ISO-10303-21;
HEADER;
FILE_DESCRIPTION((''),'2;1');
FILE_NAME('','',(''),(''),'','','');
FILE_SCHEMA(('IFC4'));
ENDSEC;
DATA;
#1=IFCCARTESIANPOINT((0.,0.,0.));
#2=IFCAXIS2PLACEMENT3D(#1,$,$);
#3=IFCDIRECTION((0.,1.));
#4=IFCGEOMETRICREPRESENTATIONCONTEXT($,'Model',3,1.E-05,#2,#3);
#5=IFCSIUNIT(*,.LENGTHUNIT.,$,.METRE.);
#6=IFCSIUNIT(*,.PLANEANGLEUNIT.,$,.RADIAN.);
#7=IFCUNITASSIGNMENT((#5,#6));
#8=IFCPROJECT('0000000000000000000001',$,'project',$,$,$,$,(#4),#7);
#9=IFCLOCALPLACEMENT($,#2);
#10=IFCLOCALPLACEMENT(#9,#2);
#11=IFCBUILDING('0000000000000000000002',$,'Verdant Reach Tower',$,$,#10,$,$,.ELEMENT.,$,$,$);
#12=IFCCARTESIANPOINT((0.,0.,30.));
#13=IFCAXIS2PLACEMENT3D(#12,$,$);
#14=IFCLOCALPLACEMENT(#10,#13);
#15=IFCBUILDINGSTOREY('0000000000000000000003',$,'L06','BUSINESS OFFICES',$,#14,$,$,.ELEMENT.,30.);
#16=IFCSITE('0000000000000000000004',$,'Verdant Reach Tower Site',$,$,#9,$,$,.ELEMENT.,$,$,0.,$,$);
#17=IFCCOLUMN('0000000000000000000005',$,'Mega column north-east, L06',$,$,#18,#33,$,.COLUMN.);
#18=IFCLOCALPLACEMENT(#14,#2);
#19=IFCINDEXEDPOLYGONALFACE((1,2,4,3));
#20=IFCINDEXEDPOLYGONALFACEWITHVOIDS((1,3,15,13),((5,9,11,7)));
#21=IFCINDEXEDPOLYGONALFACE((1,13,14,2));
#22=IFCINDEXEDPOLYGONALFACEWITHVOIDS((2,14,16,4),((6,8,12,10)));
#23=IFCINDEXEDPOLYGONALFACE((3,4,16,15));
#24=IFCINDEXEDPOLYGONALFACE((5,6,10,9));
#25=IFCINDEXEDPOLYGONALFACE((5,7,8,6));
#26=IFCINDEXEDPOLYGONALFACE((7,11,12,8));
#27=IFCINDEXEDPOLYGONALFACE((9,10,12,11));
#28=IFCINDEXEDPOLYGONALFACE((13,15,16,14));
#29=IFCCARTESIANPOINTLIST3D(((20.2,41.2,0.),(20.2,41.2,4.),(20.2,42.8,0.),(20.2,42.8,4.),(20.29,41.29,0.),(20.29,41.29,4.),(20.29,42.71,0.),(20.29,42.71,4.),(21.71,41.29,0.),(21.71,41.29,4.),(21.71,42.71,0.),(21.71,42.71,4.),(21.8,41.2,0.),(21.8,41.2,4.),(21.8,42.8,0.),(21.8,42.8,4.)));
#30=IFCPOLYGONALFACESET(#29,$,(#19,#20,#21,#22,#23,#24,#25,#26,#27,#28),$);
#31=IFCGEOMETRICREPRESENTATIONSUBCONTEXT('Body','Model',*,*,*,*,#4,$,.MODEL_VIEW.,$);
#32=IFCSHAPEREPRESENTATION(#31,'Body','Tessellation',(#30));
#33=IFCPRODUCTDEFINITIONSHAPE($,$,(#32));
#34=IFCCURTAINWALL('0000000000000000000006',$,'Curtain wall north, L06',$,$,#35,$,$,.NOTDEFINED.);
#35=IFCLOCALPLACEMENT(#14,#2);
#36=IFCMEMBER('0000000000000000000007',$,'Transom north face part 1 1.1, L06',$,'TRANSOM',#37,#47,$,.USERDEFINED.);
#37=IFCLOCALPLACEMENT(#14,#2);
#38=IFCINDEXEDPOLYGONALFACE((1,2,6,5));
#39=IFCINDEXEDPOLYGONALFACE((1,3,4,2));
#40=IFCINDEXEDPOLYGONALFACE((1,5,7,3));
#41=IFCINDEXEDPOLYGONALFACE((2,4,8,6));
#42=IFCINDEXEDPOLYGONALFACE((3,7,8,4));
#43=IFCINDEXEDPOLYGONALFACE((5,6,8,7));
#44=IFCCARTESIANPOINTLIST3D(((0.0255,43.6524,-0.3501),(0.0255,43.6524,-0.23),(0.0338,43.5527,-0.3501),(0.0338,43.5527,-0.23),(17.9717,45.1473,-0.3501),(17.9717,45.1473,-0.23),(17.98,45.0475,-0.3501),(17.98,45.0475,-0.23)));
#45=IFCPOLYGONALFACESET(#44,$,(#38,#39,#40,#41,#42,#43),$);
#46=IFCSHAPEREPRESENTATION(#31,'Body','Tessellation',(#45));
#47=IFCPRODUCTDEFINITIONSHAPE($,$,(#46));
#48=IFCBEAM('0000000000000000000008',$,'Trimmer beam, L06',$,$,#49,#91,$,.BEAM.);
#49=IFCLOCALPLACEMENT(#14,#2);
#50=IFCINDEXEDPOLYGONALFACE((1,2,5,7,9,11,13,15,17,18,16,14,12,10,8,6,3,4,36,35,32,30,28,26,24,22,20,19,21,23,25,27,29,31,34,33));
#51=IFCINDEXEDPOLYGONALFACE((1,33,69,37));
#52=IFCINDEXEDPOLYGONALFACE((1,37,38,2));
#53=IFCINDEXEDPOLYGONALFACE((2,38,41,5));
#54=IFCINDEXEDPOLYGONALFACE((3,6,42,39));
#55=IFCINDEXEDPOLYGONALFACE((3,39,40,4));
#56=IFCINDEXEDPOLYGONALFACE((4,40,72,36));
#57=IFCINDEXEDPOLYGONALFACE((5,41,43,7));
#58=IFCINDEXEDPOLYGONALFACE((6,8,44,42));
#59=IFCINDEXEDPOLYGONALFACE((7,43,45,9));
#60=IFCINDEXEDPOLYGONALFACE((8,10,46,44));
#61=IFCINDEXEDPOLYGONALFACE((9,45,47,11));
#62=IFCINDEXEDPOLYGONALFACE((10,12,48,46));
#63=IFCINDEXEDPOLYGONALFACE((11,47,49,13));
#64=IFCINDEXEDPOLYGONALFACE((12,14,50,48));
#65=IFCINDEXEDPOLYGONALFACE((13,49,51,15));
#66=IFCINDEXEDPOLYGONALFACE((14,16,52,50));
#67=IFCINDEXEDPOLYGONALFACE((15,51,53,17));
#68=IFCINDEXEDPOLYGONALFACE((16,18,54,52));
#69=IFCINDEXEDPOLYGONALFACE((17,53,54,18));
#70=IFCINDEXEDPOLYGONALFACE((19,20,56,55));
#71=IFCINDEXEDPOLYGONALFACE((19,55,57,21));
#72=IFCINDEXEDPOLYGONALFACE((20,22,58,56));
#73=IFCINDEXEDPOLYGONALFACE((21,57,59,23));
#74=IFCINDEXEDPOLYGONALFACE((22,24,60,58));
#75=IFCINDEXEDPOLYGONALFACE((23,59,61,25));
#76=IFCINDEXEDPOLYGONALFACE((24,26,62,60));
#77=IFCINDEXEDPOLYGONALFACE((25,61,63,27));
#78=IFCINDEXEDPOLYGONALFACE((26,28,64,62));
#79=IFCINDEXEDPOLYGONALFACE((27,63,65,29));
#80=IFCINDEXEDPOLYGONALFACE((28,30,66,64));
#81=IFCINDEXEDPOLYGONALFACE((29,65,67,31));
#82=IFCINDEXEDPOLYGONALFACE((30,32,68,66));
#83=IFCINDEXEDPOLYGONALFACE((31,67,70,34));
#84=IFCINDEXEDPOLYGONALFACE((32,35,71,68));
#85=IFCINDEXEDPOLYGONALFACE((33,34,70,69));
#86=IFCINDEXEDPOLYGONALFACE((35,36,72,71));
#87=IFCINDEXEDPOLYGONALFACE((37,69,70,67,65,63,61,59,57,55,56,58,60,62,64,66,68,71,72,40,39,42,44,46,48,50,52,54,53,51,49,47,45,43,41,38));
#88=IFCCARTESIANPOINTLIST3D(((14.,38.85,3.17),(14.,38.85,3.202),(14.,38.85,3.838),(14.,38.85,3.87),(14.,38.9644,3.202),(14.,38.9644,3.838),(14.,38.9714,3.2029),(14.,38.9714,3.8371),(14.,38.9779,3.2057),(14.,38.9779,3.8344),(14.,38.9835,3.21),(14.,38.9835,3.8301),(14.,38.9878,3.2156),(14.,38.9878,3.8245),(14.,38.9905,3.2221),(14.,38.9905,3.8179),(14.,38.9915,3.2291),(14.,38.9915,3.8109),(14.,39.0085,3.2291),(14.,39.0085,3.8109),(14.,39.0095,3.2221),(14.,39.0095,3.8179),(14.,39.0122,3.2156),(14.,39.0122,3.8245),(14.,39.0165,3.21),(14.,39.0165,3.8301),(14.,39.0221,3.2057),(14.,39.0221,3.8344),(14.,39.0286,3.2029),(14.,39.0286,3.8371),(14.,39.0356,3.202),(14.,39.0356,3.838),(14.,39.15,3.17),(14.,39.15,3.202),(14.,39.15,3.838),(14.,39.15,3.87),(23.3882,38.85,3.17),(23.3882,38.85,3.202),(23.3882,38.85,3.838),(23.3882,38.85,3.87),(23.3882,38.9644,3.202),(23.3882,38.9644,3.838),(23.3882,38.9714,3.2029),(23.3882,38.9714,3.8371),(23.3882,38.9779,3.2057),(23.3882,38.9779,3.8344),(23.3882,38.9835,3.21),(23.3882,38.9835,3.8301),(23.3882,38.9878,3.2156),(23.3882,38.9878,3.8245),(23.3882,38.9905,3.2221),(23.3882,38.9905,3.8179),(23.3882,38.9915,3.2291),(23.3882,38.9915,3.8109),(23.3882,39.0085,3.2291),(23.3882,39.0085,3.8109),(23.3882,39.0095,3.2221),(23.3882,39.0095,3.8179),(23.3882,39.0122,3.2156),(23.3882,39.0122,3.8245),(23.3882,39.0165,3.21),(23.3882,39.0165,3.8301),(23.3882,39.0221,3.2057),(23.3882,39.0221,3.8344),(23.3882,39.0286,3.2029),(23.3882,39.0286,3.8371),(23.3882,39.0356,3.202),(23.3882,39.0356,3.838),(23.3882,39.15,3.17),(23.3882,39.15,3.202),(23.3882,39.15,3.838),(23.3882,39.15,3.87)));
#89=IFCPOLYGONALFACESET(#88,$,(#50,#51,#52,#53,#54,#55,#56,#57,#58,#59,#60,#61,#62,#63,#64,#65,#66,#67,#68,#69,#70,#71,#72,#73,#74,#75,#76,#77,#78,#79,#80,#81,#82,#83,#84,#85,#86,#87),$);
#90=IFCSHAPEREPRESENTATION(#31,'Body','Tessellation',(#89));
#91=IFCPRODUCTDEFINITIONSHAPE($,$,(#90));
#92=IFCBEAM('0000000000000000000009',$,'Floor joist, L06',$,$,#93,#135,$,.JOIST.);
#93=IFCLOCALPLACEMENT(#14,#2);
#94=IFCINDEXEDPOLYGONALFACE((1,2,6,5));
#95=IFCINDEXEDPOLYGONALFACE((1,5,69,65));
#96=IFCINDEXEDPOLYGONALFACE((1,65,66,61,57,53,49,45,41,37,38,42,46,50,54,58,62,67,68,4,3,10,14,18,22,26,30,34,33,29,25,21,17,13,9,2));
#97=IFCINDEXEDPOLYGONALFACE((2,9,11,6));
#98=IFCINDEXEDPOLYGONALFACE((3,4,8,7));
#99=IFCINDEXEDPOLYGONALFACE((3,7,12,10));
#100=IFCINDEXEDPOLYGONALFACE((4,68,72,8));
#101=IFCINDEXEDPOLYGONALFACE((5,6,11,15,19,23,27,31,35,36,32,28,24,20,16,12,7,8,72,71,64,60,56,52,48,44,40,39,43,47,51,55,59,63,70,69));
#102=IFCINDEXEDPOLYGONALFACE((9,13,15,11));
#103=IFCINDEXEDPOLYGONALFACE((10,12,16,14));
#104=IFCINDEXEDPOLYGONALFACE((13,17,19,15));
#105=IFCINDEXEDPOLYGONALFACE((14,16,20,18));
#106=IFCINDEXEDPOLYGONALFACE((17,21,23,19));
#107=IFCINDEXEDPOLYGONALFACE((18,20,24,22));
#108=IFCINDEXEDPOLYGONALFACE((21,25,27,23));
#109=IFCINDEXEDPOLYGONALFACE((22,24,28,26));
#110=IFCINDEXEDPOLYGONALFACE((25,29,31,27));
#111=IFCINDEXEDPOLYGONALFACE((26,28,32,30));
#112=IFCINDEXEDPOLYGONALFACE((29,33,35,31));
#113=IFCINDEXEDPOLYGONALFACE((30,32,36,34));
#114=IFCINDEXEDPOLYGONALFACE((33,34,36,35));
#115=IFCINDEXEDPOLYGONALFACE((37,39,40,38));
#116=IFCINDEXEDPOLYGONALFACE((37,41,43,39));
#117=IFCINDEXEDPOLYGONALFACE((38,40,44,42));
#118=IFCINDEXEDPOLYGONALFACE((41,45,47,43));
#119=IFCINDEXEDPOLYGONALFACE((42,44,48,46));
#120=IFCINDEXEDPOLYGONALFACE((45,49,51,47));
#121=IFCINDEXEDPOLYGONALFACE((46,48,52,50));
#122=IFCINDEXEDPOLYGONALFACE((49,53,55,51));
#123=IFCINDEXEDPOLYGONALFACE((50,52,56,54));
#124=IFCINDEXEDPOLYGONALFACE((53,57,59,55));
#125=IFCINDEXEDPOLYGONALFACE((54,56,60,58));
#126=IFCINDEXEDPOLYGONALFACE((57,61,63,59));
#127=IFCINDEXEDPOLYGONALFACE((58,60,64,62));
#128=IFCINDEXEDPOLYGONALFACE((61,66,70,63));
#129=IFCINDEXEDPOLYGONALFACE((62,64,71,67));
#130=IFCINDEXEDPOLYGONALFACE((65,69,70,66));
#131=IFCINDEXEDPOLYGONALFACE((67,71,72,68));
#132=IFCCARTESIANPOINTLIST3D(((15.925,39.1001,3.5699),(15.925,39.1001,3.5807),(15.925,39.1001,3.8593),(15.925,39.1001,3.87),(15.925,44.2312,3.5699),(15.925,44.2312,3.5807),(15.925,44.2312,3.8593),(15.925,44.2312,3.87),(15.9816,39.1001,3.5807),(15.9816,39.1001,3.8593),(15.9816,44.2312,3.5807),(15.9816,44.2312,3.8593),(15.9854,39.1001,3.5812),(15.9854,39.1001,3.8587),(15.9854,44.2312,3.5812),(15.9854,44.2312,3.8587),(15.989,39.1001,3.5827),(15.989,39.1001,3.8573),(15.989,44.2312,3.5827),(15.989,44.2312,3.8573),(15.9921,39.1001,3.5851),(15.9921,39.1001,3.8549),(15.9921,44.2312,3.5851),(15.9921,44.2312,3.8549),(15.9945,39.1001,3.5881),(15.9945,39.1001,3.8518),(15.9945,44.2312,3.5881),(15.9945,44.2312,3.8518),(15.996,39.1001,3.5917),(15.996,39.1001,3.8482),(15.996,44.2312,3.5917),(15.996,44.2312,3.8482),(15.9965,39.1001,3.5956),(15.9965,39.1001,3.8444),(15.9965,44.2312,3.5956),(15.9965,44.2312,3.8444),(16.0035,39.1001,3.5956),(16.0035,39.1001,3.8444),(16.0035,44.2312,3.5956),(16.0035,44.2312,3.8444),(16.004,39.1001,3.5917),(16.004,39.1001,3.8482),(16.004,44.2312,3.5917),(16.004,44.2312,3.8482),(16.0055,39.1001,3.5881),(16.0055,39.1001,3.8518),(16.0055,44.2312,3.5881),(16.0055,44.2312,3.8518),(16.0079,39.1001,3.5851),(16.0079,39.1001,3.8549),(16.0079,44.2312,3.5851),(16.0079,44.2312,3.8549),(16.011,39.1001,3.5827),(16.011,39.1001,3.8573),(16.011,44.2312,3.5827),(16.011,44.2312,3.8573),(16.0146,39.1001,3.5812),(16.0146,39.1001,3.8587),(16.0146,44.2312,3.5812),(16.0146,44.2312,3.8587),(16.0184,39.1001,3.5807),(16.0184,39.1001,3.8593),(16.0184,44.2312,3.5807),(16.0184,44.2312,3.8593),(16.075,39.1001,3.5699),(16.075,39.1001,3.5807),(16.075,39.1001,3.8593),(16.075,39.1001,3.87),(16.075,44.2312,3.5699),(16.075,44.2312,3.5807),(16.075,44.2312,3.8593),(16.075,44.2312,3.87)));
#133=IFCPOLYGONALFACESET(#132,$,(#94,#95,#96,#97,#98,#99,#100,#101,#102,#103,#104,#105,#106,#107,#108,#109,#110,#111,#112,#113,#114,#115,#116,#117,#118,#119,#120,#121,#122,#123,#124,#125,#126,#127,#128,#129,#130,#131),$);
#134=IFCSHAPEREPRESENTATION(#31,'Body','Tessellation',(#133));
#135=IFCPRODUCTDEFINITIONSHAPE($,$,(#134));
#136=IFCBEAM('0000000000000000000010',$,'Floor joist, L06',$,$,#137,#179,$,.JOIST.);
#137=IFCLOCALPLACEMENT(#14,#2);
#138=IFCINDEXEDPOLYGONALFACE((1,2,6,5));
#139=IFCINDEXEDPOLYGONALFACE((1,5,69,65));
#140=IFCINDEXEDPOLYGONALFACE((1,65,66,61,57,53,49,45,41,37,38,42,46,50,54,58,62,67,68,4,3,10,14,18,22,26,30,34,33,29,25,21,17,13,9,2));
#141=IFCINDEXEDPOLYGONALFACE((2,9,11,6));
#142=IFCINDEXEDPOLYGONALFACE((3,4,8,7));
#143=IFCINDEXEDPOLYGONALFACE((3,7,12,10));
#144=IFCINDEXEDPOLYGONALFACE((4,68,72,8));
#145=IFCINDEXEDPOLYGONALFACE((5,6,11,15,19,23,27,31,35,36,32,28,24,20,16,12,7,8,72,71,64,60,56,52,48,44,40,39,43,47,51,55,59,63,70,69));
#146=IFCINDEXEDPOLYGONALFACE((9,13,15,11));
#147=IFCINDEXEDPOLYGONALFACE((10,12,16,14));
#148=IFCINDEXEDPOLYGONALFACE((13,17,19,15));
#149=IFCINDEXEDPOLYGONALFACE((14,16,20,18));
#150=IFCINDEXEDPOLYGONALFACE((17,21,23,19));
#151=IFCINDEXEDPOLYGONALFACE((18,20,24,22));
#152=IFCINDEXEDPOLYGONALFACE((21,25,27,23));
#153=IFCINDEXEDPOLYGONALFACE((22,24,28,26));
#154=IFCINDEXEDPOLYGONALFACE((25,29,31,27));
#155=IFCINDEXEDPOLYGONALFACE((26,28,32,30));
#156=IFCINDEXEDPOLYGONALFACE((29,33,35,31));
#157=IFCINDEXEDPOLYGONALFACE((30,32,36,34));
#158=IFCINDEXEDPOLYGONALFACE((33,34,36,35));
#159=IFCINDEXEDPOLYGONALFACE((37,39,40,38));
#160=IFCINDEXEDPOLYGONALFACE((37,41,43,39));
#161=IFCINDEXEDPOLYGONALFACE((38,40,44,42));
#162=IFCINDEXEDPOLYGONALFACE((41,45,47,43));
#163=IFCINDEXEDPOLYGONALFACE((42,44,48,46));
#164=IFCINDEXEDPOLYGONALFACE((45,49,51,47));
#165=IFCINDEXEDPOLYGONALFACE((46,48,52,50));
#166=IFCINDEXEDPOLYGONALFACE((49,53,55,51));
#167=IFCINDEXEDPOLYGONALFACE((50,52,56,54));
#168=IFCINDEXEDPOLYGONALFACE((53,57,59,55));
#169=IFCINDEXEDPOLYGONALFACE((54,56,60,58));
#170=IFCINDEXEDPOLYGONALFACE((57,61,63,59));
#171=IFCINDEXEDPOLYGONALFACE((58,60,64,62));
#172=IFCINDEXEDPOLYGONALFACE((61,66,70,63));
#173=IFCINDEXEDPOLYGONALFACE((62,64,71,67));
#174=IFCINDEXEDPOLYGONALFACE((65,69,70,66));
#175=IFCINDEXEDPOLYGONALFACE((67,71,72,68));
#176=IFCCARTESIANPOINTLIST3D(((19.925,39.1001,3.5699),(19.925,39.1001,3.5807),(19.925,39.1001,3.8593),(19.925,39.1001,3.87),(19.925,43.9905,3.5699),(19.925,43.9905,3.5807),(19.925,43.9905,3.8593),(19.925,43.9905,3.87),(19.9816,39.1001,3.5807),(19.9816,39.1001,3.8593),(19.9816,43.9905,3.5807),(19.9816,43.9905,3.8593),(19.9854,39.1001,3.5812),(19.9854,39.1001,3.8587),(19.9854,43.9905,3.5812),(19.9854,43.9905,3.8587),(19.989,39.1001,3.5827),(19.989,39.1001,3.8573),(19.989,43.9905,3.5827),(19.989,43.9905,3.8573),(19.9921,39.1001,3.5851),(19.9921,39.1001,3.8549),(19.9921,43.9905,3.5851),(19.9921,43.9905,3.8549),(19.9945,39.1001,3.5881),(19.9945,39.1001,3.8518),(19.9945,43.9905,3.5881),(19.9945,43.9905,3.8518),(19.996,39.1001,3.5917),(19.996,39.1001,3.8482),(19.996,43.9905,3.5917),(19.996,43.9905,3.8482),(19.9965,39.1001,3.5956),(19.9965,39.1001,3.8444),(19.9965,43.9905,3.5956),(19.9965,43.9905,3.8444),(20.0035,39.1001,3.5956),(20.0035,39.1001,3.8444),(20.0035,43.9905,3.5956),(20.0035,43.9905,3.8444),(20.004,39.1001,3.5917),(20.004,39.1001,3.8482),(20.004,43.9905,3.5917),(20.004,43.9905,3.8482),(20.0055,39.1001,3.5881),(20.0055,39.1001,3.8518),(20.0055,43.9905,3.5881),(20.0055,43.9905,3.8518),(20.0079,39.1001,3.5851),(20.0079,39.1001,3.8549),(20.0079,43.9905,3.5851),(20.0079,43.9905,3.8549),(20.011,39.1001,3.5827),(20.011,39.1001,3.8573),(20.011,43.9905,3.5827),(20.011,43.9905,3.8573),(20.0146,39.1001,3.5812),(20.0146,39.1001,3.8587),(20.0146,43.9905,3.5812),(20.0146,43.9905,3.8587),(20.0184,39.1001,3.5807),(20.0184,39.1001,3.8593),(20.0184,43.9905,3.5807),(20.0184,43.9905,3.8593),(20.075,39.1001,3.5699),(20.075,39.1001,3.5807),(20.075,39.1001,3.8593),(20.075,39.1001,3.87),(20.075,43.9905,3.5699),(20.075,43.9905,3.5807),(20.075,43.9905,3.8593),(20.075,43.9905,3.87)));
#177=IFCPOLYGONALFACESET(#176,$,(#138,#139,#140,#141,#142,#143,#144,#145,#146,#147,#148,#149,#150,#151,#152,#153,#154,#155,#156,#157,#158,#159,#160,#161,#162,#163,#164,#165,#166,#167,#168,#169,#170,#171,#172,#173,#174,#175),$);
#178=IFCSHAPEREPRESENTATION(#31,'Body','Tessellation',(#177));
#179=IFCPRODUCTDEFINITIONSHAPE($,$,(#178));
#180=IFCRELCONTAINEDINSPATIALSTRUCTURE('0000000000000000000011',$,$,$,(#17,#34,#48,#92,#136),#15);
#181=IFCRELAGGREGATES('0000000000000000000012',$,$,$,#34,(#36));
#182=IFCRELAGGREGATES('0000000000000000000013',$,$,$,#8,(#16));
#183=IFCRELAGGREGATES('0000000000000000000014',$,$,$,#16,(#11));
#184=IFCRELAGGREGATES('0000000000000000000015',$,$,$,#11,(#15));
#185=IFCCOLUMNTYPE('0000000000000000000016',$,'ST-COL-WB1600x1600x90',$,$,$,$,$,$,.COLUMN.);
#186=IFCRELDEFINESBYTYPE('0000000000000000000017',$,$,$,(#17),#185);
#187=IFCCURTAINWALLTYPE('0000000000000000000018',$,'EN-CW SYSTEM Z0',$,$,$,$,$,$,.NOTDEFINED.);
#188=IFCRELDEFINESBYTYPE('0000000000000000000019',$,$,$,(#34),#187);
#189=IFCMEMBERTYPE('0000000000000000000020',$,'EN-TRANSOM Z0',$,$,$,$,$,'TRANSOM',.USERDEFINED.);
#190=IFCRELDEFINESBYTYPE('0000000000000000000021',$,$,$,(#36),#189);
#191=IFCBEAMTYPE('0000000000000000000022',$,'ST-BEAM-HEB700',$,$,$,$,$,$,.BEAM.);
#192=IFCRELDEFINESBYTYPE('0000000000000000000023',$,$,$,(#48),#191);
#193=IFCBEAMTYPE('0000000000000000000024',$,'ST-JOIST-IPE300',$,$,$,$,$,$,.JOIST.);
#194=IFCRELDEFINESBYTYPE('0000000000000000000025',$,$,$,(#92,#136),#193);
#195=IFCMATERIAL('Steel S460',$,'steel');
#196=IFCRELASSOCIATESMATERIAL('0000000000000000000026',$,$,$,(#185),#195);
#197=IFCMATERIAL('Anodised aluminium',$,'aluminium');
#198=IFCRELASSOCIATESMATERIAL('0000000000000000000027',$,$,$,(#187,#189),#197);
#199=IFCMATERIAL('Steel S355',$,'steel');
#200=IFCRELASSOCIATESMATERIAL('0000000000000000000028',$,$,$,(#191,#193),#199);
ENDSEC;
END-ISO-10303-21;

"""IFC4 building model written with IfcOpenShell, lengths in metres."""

from ifc_helpers import new_model, si_unit, direction, frame, origin, origin_2d, place, context, subcontext, project, spatial, rectangle, hollow_rectangle, i_section, extrude, material, material_profile, profile_set, type_object, element, aggregate, save


model = new_model("IFC4")

# Units and contexts
model_context = context("Model", 3, precision=1e-05, world=origin(), true_north=direction((0.0, 1.0)))
body_context = subcontext(model_context, "Body", "Model", "MODEL_VIEW")
ifc_project = project(units=[si_unit("LENGTHUNIT", "METRE"), si_unit("PLANEANGLEUNIT", "RADIAN")], contexts=[model_context])

# Site, building, storey
site_placement = place(None, origin())
site = spatial("IfcSite", under=ifc_project, at=site_placement, Name="Verdant Reach Tower Site", CompositionType="ELEMENT", RefElevation=0.0)
building_placement = place(site_placement, origin())
building = spatial("IfcBuilding", under=site, at=building_placement, Name="Verdant Reach Tower", CompositionType="ELEMENT")
storey_placement = place(building_placement, frame((0.0, 0.0, 30.0)))
storey = spatial("IfcBuildingStorey", under=building, at=storey_placement, Name="L06", Description="BUSINESS OFFICES", CompositionType="ELEMENT", Elevation=30.0)

# Column
ifc_material_1 = material(Name="Steel S460", Category="steel")
ifc_material_profile_1 = material_profile(ifc_material_1, hollow_rectangle(XDim=1.6001, YDim=1.6001, WallThickness=0.0901, at=origin_2d()), Name="WB 1600x1600x90")
ifc_profile_set_1 = profile_set([ifc_material_profile_1], Name="Steel S460")
column_type = type_object("IfcColumnType", Name="ST-COL-WB1600x1600x90", PredefinedType="COLUMN", material=ifc_profile_set_1)
column_placement = place(storey_placement, frame((21.0, 42.0, 0.0), z_axis=(0.0, 0.0, 1.0), x_axis=(1.0, 0.0, 0.0)))
element("IfcColumn", 1, at=column_placement, inside=storey, type_object=column_type, Name="Mega column north-east, L06", PredefinedType="COLUMN", context=body_context, shape_type="SweptSolid", body=[
    extrude(hollow_rectangle(XDim=1.6001, YDim=1.6001, WallThickness=0.0901, at=origin_2d()), origin(), (0.0, 0.0, 1.0), 4.0),
])

# Curtain wall, member
ifc_material_2 = material(Name="Anodised aluminium", Category="aluminium")
curtain_wall_type = type_object("IfcCurtainWallType", Name="EN-CW SYSTEM Z0", PredefinedType="NOTDEFINED", material=ifc_material_2)
curtain_wall_1_placement = place(storey_placement, origin())
curtain_wall_1 = element("IfcCurtainWall", 2, at=curtain_wall_1_placement, inside=storey, type_object=curtain_wall_type, Name="Curtain wall north, L06", PredefinedType="NOTDEFINED")
ifc_material_profile_2 = material_profile(ifc_material_2, rectangle(XDim=0.1001, YDim=0.1201, at=origin_2d()), Name="Transom 120x100")
ifc_profile_set_2 = profile_set([ifc_material_profile_2], Name="Anodised aluminium")
member_type = type_object("IfcMemberType", Name="EN-TRANSOM Z0", ElementType="TRANSOM", PredefinedType="USERDEFINED", material=ifc_profile_set_2)
member_placement = place(storey_placement, frame((17.9758, 45.0974, -0.29), z_axis=(-0.996549, -0.083011, 0.0), x_axis=(0.083011, -0.996549, 0.0)))
member = element("IfcMember", 3, at=member_placement, type_object=member_type, Name="Transom north face part 1 1.1, L06", ObjectType="TRANSOM", PredefinedType="USERDEFINED", context=body_context, shape_type="SweptSolid", body=[
    extrude(rectangle(XDim=0.1001, YDim=0.1201, at=origin_2d()), origin(), (0.0, 0.0, 1.0), 18.0083),
])

# Beams
ifc_material_3 = material(Name="Steel S355", Category="steel")
ifc_material_profile_3 = material_profile(ifc_material_3, i_section(OverallWidth=0.3, OverallDepth=0.7, WebThickness=0.0171, FlangeThickness=0.032, FilletRadius=0.0271, at=origin_2d()), Name="HEB 700")
ifc_profile_set_3 = profile_set([ifc_material_profile_3], Name="Steel S355")
beam_type_1 = type_object("IfcBeamType", Name="ST-BEAM-HEB700", PredefinedType="BEAM", material=ifc_profile_set_3)
beam_1_placement = place(storey_placement, frame((14.0, 39.0, 3.52), z_axis=(1.0, 0.0, 0.0), x_axis=(0.0, 1.0, 0.0)))
element("IfcBeam", 4, at=beam_1_placement, inside=storey, type_object=beam_type_1, Name="Trimmer beam, L06", PredefinedType="BEAM", context=body_context, shape_type="SweptSolid", body=[
    extrude(i_section(OverallWidth=0.3, OverallDepth=0.7, WebThickness=0.0171, FlangeThickness=0.032, FilletRadius=0.0271, at=origin_2d()), origin(), (0.0, 0.0, 1.0), 9.3882),
])
ifc_material_profile_4 = material_profile(ifc_material_3, i_section(OverallWidth=0.1499, OverallDepth=0.3, WebThickness=0.0071, FlangeThickness=0.0107, FilletRadius=0.0149, at=origin_2d()), Name="IPE 300")
ifc_profile_set_4 = profile_set([ifc_material_profile_4], Name="Steel S355")
beam_type_2 = type_object("IfcBeamType", Name="ST-JOIST-IPE300", PredefinedType="JOIST", material=ifc_profile_set_4)
beam_2_placement = place(storey_placement, frame((16.0, 39.1001, 3.72), z_axis=(0.0, 1.0, 0.0), x_axis=(-1.0, 0.0, 0.0)))
element("IfcBeam", 5, at=beam_2_placement, inside=storey, type_object=beam_type_2, Name="Floor joist, L06", PredefinedType="JOIST", context=body_context, shape_type="SweptSolid", body=[
    extrude(i_section(OverallWidth=0.1499, OverallDepth=0.3, WebThickness=0.0071, FlangeThickness=0.0107, FilletRadius=0.0149, at=origin_2d()), origin(), (0.0, 0.0, 1.0), 5.1311),
])
beam_3_placement = place(storey_placement, frame((20.0, 39.1001, 3.72), z_axis=(0.0, 1.0, 0.0), x_axis=(-1.0, 0.0, 0.0)))
element("IfcBeam", 6, at=beam_3_placement, inside=storey, type_object=beam_type_2, Name="Floor joist, L06", PredefinedType="JOIST", context=body_context, shape_type="SweptSolid", body=[
    extrude(i_section(OverallWidth=0.1499, OverallDepth=0.3, WebThickness=0.0071, FlangeThickness=0.0107, FilletRadius=0.0149, at=origin_2d()), origin(), (0.0, 0.0, 1.0), 4.8904),
])

aggregate(curtain_wall_1, [member])

save(model, "model.ifc")
